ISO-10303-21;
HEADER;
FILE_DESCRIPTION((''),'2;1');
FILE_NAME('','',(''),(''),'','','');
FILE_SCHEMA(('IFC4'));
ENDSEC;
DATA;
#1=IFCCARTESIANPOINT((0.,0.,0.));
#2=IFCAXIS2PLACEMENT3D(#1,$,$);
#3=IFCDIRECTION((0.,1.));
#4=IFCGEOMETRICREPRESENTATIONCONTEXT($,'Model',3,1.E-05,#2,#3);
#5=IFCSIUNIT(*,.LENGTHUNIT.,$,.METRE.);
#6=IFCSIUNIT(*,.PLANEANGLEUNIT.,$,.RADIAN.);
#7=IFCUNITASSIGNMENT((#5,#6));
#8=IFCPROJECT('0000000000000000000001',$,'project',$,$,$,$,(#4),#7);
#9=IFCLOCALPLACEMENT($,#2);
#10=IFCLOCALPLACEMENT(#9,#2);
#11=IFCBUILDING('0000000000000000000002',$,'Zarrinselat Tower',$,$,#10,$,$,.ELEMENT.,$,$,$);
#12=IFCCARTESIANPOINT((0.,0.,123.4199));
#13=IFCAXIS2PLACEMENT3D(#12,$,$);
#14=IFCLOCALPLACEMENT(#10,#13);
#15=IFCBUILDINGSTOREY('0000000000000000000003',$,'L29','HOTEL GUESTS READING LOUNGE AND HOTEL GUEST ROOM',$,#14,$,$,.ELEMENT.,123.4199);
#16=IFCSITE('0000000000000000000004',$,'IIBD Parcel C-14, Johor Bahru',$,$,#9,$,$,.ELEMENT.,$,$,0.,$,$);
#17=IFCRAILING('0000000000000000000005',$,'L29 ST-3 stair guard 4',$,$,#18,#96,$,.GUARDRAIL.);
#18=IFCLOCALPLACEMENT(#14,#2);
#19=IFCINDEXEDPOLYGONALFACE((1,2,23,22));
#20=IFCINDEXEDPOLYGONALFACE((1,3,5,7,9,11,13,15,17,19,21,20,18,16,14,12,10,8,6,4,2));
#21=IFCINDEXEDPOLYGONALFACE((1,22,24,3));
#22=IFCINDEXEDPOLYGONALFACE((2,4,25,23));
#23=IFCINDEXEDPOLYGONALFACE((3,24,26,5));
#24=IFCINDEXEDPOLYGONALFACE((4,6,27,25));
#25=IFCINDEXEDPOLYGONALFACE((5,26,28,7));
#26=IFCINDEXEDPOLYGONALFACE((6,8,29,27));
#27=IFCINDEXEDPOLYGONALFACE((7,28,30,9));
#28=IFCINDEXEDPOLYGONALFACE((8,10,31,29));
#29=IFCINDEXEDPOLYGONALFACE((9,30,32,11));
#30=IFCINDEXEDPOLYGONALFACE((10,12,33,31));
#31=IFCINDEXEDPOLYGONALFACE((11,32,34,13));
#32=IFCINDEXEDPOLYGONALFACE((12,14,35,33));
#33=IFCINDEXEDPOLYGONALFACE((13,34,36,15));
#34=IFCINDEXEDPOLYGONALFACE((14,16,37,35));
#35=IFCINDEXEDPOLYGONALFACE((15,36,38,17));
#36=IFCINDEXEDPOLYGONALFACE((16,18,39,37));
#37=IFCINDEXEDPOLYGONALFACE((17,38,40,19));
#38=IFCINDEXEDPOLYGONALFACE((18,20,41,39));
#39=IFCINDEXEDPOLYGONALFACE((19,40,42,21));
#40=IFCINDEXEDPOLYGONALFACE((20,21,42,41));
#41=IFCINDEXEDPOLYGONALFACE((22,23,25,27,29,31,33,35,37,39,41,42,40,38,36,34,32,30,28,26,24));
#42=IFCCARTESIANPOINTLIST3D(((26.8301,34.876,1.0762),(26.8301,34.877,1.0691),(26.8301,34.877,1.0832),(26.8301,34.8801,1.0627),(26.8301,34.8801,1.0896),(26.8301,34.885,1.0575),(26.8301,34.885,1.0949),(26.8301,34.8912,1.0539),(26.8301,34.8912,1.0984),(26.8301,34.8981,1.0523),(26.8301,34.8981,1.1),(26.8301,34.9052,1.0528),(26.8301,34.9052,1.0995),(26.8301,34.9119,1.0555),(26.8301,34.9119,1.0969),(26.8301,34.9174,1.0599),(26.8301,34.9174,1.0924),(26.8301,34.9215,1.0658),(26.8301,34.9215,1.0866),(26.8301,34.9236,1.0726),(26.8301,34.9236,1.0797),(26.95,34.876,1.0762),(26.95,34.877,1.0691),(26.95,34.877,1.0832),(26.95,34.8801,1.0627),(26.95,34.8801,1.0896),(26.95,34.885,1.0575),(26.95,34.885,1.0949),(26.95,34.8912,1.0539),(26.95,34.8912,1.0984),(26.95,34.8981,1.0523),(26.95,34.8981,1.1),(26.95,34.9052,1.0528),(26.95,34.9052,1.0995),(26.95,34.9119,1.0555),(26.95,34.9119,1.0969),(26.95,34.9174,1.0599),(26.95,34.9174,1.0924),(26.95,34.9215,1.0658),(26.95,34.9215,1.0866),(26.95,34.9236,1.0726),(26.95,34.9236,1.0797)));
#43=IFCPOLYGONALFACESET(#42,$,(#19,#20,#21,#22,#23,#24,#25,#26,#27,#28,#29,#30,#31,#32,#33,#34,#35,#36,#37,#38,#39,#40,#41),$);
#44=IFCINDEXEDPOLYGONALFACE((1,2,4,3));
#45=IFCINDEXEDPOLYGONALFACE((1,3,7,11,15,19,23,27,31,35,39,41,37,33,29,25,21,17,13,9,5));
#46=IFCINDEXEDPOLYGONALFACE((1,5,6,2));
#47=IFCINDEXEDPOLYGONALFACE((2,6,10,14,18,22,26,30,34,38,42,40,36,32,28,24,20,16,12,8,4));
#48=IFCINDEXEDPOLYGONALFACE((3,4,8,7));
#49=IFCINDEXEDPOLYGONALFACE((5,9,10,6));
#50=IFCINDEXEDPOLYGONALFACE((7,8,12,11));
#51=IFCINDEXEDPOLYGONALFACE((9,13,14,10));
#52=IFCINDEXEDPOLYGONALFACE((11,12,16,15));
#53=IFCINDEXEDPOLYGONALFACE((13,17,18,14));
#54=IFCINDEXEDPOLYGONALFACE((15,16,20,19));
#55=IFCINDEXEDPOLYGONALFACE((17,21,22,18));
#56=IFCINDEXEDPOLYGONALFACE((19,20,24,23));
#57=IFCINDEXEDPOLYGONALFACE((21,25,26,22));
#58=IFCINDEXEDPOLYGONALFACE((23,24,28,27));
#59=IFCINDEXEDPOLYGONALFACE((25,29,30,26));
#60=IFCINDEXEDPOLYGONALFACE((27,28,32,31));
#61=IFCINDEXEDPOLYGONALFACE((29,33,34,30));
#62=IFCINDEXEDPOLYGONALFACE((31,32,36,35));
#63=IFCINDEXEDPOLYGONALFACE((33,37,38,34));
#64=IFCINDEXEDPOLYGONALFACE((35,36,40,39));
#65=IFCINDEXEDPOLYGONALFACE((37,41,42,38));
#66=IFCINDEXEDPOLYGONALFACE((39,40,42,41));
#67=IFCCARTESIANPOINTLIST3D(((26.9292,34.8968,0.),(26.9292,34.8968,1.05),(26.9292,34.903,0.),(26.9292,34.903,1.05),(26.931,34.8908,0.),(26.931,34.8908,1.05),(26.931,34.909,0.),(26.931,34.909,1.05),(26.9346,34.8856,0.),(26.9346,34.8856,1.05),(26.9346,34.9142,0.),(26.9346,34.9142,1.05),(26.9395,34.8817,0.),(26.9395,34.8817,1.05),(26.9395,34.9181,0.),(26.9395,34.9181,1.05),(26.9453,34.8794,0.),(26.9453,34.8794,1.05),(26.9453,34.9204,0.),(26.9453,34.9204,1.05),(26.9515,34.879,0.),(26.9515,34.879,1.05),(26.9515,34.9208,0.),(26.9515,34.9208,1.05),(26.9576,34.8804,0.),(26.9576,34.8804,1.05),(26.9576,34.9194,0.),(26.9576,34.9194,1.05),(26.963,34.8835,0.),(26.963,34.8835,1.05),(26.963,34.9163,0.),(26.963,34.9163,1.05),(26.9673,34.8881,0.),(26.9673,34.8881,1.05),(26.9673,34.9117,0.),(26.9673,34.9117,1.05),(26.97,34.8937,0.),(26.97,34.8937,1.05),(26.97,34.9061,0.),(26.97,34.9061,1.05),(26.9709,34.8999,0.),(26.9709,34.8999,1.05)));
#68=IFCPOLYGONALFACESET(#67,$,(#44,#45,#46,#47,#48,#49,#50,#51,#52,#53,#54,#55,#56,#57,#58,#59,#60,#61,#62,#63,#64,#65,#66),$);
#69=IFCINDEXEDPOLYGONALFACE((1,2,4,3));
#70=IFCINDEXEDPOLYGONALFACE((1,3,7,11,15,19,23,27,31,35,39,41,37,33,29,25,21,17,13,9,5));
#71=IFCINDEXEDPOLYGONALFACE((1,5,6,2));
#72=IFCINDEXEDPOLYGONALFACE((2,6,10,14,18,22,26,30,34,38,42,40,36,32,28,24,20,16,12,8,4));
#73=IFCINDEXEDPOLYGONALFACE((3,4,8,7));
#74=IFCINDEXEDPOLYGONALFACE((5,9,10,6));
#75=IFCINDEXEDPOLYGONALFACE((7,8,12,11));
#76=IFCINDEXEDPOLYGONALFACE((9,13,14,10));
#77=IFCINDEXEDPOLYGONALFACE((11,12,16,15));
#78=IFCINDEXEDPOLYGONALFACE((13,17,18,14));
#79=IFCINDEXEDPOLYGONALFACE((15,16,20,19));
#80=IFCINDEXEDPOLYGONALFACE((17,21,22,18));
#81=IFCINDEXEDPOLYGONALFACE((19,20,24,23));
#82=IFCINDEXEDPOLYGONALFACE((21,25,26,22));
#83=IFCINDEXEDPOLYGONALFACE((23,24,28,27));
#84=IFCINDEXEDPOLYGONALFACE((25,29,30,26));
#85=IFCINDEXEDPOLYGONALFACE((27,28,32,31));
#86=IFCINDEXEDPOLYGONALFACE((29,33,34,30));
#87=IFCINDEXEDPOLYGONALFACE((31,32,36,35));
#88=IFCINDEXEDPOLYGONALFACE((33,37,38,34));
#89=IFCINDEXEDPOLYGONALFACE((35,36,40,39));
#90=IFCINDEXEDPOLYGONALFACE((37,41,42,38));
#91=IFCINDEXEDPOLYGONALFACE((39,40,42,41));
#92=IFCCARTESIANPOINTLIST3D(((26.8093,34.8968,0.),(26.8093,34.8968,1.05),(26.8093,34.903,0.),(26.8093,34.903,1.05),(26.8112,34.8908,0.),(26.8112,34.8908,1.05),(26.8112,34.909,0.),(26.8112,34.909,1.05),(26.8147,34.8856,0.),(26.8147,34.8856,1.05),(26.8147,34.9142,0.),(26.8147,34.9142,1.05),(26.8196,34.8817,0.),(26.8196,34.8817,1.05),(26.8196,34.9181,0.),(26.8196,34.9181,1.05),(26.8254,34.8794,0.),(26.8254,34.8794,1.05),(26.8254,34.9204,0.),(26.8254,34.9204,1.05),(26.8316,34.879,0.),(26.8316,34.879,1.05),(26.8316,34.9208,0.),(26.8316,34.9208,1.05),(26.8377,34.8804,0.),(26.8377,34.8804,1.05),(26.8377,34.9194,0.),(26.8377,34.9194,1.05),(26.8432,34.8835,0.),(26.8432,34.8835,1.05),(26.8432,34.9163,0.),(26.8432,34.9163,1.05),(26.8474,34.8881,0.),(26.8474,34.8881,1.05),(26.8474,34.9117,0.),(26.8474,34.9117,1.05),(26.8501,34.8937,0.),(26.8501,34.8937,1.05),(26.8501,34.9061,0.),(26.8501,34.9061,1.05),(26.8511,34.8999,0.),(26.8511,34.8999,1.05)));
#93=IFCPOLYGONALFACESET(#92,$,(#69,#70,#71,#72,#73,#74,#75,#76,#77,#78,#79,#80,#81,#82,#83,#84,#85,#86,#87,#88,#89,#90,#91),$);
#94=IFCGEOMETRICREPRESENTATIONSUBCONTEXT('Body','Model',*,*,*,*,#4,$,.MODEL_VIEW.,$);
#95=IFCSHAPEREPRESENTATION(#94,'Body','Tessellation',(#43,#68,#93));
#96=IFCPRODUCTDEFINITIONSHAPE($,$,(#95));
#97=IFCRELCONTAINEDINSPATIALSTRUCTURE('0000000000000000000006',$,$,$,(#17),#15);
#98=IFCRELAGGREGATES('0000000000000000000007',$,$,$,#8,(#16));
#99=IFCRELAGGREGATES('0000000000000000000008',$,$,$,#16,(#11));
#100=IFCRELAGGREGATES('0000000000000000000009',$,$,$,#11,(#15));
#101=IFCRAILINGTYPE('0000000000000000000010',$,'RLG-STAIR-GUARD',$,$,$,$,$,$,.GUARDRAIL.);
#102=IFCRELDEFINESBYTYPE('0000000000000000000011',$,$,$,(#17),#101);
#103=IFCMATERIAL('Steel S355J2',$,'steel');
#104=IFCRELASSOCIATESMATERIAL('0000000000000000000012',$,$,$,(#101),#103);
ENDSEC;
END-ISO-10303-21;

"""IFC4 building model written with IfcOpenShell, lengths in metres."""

from ifc_helpers import new_model, si_unit, direction, frame, origin, origin_2d, place, context, subcontext, project, spatial, circle, extrude, material, type_object, element, save


model = new_model("IFC4")

# Units and contexts
model_context = context("Model", 3, precision=1e-05, world=origin(), true_north=direction((0.0, 1.0)))
body_context = subcontext(model_context, "Body", "Model", "MODEL_VIEW")
ifc_project = project(units=[si_unit("LENGTHUNIT", "METRE"), si_unit("PLANEANGLEUNIT", "RADIAN")], contexts=[model_context])

# Site, building, storey
site_placement = place(None, origin())
site = spatial("IfcSite", under=ifc_project, at=site_placement, Name="IIBD Parcel C-14, Johor Bahru", CompositionType="ELEMENT", RefElevation=0.0)
building_placement = place(site_placement, origin())
building = spatial("IfcBuilding", under=site, at=building_placement, Name="Zarrinselat Tower", CompositionType="ELEMENT")
storey_placement = place(building_placement, frame((0.0, 0.0, 123.4199)))
storey = spatial("IfcBuildingStorey", under=building, at=storey_placement, Name="L29", Description="HOTEL GUESTS READING LOUNGE AND HOTEL GUEST ROOM", CompositionType="ELEMENT", Elevation=123.4199)

# Railing
ifc_material_1 = material(Name="Steel S355J2", Category="steel")
railing_type_1 = type_object("IfcRailingType", Name="RLG-STAIR-GUARD", PredefinedType="GUARDRAIL", material=ifc_material_1)
railing_1_placement = place(storey_placement, frame((26.95, 34.8999, 0.0)))
element("IfcRailing", 1, at=railing_1_placement, inside=storey, type_object=railing_type_1, Name="L29 ST-3 stair guard 4", PredefinedType="GUARDRAIL", context=body_context, shape_type="SweptSolid", body=[
    extrude(circle(Radius=0.0239, at=origin_2d()), frame((0.0, 0.0, 1.0762), z_axis=(-1.0, 0.0, 0.0), x_axis=(0.0, -1.0, 0.0)), (0.0, 0.0, 1.0), 0.1199),
    extrude(circle(Radius=0.021, at=origin_2d()), origin(), (0.0, 0.0, 1.0), 1.05),
    extrude(circle(Radius=0.021, at=origin_2d()), frame((-0.1199, 0.0, 0.0)), (0.0, 0.0, 1.0), 1.05),
])

save(model, "model.ifc")
